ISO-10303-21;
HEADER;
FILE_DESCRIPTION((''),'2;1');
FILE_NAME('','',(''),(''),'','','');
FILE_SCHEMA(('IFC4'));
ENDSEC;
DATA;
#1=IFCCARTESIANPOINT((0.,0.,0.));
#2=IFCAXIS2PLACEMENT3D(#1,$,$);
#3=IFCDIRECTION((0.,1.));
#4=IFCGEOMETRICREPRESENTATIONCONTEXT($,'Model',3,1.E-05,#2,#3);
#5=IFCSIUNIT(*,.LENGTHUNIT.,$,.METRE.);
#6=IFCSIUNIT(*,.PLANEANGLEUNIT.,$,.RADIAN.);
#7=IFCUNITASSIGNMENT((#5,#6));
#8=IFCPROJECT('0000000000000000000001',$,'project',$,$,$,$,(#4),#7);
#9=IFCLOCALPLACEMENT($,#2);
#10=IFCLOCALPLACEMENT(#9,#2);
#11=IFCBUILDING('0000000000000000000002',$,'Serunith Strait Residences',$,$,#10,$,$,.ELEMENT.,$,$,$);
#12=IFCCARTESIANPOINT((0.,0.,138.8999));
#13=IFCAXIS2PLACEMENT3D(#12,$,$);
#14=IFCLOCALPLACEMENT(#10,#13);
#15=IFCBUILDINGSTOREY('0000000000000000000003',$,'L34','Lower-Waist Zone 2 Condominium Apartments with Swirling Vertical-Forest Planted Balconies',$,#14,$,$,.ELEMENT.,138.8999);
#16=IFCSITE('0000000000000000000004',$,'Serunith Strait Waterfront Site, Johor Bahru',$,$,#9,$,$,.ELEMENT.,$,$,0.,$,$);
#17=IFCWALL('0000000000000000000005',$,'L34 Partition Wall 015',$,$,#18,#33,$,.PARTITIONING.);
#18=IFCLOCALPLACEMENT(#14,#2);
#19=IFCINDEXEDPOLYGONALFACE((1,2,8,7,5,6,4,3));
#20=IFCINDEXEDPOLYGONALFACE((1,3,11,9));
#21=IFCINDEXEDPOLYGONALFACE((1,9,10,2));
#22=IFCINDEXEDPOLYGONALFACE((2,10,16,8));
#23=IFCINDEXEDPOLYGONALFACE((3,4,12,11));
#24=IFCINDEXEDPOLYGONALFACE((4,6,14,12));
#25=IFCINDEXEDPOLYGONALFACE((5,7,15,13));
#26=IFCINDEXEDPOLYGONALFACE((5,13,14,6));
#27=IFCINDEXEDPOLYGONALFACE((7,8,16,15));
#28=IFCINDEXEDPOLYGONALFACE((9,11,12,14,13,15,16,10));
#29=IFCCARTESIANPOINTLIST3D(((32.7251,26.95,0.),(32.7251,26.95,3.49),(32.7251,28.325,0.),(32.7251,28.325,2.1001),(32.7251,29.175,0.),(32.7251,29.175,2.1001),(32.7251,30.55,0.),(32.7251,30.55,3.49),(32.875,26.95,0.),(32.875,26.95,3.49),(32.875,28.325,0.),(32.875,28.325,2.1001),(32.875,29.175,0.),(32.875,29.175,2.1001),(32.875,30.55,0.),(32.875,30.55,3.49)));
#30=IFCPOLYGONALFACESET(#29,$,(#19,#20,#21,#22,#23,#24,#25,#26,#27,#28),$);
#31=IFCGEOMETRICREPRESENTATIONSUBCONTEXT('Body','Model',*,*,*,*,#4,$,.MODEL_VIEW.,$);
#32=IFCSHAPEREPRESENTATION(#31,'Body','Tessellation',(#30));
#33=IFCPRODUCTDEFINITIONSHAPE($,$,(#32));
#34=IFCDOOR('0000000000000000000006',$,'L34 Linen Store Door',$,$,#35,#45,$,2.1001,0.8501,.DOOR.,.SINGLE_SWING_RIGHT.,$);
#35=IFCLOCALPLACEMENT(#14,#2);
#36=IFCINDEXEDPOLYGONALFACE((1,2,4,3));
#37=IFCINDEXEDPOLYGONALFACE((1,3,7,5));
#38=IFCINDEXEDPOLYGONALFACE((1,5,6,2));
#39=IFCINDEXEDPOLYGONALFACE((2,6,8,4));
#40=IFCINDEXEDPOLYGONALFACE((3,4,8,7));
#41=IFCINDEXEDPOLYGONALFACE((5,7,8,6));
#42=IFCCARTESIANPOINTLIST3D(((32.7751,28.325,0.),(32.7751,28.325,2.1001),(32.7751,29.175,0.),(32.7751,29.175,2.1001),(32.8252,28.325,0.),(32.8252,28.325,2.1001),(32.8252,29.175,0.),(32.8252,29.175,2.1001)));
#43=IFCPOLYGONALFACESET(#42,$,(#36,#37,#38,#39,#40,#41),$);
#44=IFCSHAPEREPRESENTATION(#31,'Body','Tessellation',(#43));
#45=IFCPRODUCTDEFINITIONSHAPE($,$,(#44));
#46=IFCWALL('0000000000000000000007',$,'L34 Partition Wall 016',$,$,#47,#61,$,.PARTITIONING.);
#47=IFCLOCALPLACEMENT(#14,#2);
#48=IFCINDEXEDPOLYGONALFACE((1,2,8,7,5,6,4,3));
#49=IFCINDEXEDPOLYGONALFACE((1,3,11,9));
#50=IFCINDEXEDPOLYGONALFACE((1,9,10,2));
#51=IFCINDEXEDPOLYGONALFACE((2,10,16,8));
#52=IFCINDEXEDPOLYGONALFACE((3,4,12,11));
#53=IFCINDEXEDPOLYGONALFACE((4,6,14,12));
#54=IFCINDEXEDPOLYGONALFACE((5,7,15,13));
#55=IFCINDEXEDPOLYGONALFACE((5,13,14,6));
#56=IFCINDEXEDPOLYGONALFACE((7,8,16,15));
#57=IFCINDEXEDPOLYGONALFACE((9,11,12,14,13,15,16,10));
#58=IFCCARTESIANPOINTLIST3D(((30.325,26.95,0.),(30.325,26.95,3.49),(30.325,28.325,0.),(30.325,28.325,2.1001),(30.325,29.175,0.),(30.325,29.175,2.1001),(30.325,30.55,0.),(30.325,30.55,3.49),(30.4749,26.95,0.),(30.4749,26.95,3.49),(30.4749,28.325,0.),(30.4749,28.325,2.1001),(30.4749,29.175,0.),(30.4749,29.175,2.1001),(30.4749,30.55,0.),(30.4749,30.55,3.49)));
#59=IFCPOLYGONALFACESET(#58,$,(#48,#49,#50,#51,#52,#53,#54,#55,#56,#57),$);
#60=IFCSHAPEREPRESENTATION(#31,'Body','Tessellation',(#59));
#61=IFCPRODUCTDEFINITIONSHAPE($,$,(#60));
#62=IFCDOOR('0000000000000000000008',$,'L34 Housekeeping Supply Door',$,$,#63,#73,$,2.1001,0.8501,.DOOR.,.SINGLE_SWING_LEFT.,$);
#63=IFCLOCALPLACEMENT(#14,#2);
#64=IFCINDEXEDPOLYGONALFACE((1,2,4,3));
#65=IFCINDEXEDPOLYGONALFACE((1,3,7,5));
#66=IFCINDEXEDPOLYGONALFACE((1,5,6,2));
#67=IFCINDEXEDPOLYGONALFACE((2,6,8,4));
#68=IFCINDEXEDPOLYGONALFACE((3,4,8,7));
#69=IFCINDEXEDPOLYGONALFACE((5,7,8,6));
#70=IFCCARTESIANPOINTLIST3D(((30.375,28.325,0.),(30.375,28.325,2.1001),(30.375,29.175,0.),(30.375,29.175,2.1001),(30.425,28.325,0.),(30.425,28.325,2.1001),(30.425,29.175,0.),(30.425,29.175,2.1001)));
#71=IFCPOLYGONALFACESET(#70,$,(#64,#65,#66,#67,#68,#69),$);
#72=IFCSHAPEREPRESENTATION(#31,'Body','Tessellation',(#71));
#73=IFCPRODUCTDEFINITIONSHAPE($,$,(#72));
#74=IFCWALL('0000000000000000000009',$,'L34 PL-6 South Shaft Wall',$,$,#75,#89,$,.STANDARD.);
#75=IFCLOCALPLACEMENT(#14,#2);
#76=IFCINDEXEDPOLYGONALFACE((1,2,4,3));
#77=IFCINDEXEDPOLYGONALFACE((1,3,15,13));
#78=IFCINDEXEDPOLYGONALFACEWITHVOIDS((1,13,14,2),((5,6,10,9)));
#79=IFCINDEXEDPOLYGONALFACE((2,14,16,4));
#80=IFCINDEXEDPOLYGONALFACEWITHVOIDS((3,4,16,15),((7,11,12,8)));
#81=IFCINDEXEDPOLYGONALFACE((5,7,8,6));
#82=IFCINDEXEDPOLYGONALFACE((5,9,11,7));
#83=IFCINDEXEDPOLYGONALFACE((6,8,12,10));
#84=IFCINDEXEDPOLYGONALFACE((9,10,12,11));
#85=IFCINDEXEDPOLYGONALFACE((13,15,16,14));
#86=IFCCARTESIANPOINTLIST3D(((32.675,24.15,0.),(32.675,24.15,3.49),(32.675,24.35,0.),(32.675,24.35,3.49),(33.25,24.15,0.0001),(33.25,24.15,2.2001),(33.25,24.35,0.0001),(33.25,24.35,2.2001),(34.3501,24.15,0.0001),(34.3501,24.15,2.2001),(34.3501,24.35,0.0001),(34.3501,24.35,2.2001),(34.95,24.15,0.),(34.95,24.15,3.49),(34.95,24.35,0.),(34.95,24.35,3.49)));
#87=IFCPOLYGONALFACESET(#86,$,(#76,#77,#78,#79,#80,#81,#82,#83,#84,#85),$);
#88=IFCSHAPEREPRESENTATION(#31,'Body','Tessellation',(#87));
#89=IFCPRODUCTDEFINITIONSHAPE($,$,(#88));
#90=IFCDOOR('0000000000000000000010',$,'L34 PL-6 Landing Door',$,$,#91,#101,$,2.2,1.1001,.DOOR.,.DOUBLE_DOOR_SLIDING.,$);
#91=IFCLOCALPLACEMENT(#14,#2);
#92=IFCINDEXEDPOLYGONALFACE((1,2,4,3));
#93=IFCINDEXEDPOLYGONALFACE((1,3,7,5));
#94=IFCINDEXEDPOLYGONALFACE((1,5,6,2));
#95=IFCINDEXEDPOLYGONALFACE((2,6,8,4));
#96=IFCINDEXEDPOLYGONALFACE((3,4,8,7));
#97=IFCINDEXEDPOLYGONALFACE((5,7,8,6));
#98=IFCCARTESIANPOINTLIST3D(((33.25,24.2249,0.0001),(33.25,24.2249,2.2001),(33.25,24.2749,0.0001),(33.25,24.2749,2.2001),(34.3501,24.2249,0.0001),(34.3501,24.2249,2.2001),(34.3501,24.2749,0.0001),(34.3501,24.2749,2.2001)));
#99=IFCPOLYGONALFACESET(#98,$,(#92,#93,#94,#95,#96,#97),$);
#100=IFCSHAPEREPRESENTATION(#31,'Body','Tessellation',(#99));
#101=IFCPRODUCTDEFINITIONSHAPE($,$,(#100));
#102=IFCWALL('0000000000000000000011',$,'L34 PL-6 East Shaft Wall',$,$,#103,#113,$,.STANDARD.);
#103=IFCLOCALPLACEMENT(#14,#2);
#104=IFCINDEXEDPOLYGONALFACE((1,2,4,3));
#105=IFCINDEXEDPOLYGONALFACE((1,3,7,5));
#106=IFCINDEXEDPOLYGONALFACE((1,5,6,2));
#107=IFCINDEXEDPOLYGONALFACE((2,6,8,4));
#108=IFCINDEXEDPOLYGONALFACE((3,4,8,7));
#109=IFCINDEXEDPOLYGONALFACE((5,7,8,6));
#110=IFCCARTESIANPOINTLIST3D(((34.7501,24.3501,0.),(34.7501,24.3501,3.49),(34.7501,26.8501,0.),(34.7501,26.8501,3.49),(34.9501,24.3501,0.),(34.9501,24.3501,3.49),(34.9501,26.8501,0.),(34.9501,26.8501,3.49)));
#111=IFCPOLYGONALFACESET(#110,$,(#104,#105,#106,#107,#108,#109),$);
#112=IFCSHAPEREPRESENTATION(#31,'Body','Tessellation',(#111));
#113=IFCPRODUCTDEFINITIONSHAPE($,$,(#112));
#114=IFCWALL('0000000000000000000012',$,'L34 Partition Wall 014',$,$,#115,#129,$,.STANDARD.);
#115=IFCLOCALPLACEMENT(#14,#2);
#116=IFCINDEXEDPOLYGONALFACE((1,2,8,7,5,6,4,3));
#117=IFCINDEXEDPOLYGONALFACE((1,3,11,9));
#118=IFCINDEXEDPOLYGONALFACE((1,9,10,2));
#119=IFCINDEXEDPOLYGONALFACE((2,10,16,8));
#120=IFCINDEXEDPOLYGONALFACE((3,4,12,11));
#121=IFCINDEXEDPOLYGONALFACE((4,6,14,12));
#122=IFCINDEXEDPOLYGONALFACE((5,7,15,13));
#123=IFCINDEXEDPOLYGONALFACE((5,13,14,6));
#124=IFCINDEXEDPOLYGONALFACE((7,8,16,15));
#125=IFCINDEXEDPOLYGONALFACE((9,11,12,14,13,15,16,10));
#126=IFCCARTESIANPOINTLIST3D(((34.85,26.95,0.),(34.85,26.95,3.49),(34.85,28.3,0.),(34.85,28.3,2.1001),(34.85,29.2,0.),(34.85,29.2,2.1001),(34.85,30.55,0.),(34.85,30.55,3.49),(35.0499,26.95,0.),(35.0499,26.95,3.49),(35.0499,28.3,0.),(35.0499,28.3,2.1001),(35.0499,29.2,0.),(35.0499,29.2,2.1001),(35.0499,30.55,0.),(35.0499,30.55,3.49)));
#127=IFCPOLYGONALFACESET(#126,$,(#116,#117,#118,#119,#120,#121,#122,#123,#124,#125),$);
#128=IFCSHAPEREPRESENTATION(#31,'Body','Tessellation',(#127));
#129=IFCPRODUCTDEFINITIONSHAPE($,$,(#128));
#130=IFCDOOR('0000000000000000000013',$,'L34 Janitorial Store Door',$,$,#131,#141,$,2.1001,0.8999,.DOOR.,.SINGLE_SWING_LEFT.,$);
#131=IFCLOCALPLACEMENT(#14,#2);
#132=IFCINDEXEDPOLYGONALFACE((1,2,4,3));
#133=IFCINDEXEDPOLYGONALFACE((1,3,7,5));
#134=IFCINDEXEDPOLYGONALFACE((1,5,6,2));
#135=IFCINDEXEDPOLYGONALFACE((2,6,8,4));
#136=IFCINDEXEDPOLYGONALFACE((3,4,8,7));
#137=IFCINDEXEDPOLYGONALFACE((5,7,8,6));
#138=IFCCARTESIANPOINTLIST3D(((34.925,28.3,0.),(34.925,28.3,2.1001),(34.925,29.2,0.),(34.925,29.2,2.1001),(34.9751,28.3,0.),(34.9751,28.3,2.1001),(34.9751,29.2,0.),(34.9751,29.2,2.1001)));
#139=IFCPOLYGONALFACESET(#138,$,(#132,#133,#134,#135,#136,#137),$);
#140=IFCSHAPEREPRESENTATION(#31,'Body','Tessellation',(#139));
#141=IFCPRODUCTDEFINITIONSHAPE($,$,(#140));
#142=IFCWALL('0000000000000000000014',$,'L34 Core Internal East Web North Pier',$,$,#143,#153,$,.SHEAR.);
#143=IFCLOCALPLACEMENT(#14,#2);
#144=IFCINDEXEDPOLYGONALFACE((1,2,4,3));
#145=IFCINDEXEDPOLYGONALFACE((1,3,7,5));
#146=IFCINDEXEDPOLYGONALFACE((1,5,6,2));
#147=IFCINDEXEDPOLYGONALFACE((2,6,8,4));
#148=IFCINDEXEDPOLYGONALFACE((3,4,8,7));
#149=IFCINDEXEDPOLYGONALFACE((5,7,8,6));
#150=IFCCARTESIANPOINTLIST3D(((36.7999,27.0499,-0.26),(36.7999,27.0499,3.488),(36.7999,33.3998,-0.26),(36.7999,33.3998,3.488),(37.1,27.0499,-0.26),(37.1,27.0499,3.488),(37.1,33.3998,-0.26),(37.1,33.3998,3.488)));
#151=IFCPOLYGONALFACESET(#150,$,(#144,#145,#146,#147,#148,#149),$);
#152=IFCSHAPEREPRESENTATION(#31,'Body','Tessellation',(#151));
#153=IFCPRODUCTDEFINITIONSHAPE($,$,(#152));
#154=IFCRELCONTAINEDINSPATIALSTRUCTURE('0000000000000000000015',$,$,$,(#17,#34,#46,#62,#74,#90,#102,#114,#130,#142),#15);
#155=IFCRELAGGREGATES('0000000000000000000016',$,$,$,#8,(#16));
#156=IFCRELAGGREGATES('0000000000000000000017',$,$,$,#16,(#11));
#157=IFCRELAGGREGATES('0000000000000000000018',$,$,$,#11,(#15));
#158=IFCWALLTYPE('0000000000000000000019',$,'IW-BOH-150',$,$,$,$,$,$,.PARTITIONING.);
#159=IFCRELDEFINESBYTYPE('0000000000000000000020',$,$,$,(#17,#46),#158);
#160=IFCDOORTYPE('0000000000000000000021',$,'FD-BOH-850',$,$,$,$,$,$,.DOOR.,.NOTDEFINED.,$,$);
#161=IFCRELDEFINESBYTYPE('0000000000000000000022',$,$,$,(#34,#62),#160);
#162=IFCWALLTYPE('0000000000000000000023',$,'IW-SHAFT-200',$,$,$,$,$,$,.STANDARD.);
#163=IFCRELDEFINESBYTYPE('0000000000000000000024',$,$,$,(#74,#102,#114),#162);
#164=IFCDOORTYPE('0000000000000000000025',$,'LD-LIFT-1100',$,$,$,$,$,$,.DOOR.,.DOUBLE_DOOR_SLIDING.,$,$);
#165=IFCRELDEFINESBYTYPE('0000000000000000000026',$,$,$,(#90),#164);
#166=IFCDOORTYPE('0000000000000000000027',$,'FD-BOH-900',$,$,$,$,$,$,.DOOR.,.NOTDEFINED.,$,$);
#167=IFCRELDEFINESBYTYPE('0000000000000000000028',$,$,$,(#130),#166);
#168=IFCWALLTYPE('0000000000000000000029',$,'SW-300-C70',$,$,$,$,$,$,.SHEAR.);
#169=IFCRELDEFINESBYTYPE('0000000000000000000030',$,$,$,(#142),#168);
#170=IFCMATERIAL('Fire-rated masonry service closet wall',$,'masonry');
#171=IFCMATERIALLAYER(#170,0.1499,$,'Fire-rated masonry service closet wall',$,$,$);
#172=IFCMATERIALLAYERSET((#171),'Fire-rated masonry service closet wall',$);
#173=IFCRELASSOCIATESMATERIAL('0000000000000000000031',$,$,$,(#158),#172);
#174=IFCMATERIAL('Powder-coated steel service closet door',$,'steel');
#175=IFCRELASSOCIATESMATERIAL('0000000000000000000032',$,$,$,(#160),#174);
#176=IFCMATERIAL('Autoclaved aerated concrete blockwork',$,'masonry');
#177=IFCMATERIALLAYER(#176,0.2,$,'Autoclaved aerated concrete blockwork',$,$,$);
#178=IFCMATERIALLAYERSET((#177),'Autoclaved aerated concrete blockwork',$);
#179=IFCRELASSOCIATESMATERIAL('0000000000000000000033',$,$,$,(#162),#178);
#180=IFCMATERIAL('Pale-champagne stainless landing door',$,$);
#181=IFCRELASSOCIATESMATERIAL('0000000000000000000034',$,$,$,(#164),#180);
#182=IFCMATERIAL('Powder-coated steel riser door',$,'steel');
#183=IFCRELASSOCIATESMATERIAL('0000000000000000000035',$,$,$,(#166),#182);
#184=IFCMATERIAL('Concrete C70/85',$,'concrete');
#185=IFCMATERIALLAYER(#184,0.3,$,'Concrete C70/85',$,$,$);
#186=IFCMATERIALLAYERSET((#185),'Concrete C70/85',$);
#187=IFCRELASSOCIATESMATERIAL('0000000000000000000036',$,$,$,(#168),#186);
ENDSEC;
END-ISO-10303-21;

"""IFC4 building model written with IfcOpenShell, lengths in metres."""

from ifc_helpers import new_model, si_unit, direction, frame, frame_2d, origin, place, context, subcontext, project, spatial, rectangle, extrude, source, transform, mapped, material, layer, layer_set, type_object, element, fill, save


model = new_model("IFC4")

# Units and contexts
model_context = context("Model", 3, precision=1e-05, world=origin(), true_north=direction((0.0, 1.0)))
body_context = subcontext(model_context, "Body", "Model", "MODEL_VIEW")
ifc_project = project(units=[si_unit("LENGTHUNIT", "METRE"), si_unit("PLANEANGLEUNIT", "RADIAN")], contexts=[model_context])

# Site, building, storey
site_placement = place(None, origin())
site = spatial("IfcSite", under=ifc_project, at=site_placement, Name="Serunith Strait Waterfront Site, Johor Bahru", CompositionType="ELEMENT", RefElevation=0.0)
building_placement = place(site_placement, origin())
building = spatial("IfcBuilding", under=site, at=building_placement, Name="Serunith Strait Residences", CompositionType="ELEMENT")
storey_placement = place(building_placement, frame((0.0, 0.0, 138.8999)))
storey = spatial("IfcBuildingStorey", under=building, at=storey_placement, Name="L34", Description="Lower-Waist Zone 2 Condominium Apartments with Swirling Vertical-Forest Planted Balconies", CompositionType="ELEMENT", Elevation=138.8999)

# Walls, openings, doors
ifc_material_1 = material(Name="Fire-rated masonry service closet wall", Category="masonry")
ifc_layer_1 = layer(ifc_material_1, 0.1499, Name="Fire-rated masonry service closet wall")
ifc_layer_set_1 = layer_set([ifc_layer_1], Name="Fire-rated masonry service closet wall")
wall_type_1 = type_object("IfcWallType", Name="IW-BOH-150", PredefinedType="PARTITIONING", material=ifc_layer_set_1)
wall_1_placement = place(storey_placement, frame((32.8, 26.95, 0.0), z_axis=(0.0, 0.0, 1.0), x_axis=(0.0, 1.0, 0.0)))
wall_1 = element("IfcWall", 1, at=wall_1_placement, inside=storey, type_object=wall_type_1, Name="L34 Partition Wall 015", PredefinedType="PARTITIONING", context=body_context, shape_type="SweptSolid", body=[
    extrude(rectangle(XDim=3.6001, YDim=0.1499, at=frame_2d((1.8, 0.0))), origin(), (0.0, 0.0, 1.0), 3.49),
])
opening_1_placement = place(wall_1_placement, frame((1.375, 0.0, 0.0)))
opening_1 = element("IfcOpeningElement", 2, at=opening_1_placement, cuts=wall_1, PredefinedType="OPENING", context=body_context, shape_type="SweptSolid", body=[
    extrude(rectangle(XDim=0.8501, YDim=2.1001, at=frame_2d((0.425, 1.05))), frame((0.0, 0.085, 0.0), z_axis=(0.0, -1.0, 0.0), x_axis=(1.0, 0.0, 0.0)), (0.0, 0.0, 1.0), 0.1699),
])
ifc_material_2 = material(Name="Powder-coated steel service closet door", Category="steel")
door_type_1 = type_object("IfcDoorType", Name="FD-BOH-850", OperationType="NOTDEFINED", PredefinedType="DOOR", material=ifc_material_2)
shared_shape_1 = source(origin(), body_context, "Body", "SweptSolid", [
    extrude(rectangle(XDim=0.8501, YDim=2.1001, at=frame_2d((0.425, 1.05))), frame((0.0, 0.0249, 0.0), z_axis=(0.0, -1.0, 0.0), x_axis=(1.0, 0.0, 0.0)), (0.0, 0.0, 1.0), 0.05),
])
door_1_placement = place(opening_1_placement, origin())
door_1 = element("IfcDoor", 3, at=door_1_placement, inside=storey, type_object=door_type_1, Name="L34 Linen Store Door", OperationType="SINGLE_SWING_RIGHT", OverallHeight=2.1001, OverallWidth=0.8501, PredefinedType="DOOR", context=body_context, shape_type="MappedRepresentation", body=[
    mapped(shared_shape_1, transform((0.0, 0.0, 0.0), scale=1.0)),
])
fill(opening_1, door_1)
wall_2_placement = place(storey_placement, frame((30.3999, 26.95, 0.0), z_axis=(0.0, 0.0, 1.0), x_axis=(0.0, 1.0, 0.0)))
wall_2 = element("IfcWall", 4, at=wall_2_placement, inside=storey, type_object=wall_type_1, Name="L34 Partition Wall 016", PredefinedType="PARTITIONING", context=body_context, shape_type="SweptSolid", body=[
    extrude(rectangle(XDim=3.6001, YDim=0.1499, at=frame_2d((1.8, 0.0))), origin(), (0.0, 0.0, 1.0), 3.49),
])
opening_2_placement = place(wall_2_placement, frame((1.375, 0.0, 0.0)))
opening_2 = element("IfcOpeningElement", 5, at=opening_2_placement, cuts=wall_2, PredefinedType="OPENING", context=body_context, shape_type="SweptSolid", body=[
    extrude(rectangle(XDim=0.8501, YDim=2.1001, at=frame_2d((0.425, 1.05))), frame((0.0, 0.085, 0.0), z_axis=(0.0, -1.0, 0.0), x_axis=(1.0, 0.0, 0.0)), (0.0, 0.0, 1.0), 0.1699),
])
door_2_placement = place(opening_2_placement, origin())
door_2 = element("IfcDoor", 6, at=door_2_placement, inside=storey, type_object=door_type_1, Name="L34 Housekeeping Supply Door", OperationType="SINGLE_SWING_LEFT", OverallHeight=2.1001, OverallWidth=0.8501, PredefinedType="DOOR", context=body_context, shape_type="MappedRepresentation", body=[
    mapped(shared_shape_1, transform((0.0, 0.0, 0.0), scale=1.0)),
])
fill(opening_2, door_2)
ifc_material_3 = material(Name="Autoclaved aerated concrete blockwork", Category="masonry")
ifc_layer_2 = layer(ifc_material_3, 0.2, Name="Autoclaved aerated concrete blockwork")
ifc_layer_set_2 = layer_set([ifc_layer_2], Name="Autoclaved aerated concrete blockwork")
wall_type_2 = type_object("IfcWallType", Name="IW-SHAFT-200", PredefinedType="STANDARD", material=ifc_layer_set_2)
wall_3_placement = place(storey_placement, frame((32.675, 24.25, 0.0), z_axis=(0.0, 0.0, 1.0), x_axis=(1.0, 0.0, 0.0)))
wall_3 = element("IfcWall", 7, at=wall_3_placement, inside=storey, type_object=wall_type_2, Name="L34 PL-6 South Shaft Wall", PredefinedType="STANDARD", context=body_context, shape_type="SweptSolid", body=[
    extrude(rectangle(XDim=2.2749, YDim=0.2, at=frame_2d((1.1375, 0.0))), origin(), (0.0, 0.0, 1.0), 3.49),
])
opening_3_placement = place(wall_3_placement, frame((0.575, 0.0, 0.0)))
opening_3 = element("IfcOpeningElement", 8, at=opening_3_placement, cuts=wall_3, PredefinedType="OPENING", context=body_context, shape_type="SweptSolid", body=[
    extrude(rectangle(XDim=1.1001, YDim=2.2, at=frame_2d((0.55, 1.1001))), frame((0.0, 0.1099, 0.0), z_axis=(0.0, -1.0, 0.0), x_axis=(1.0, 0.0, 0.0)), (0.0, 0.0, 1.0), 0.22),
])
ifc_material_4 = material(Name="Pale-champagne stainless landing door")
door_type_2 = type_object("IfcDoorType", Name="LD-LIFT-1100", OperationType="DOUBLE_DOOR_SLIDING", PredefinedType="DOOR", material=ifc_material_4)
shared_shape_2 = source(origin(), body_context, "Body", "SweptSolid", [
    extrude(rectangle(XDim=1.1001, YDim=2.2, at=frame_2d((0.55, 1.1001))), frame((0.0, 0.0249, 0.0), z_axis=(0.0, -1.0, 0.0), x_axis=(1.0, 0.0, 0.0)), (0.0, 0.0, 1.0), 0.05),
])
door_3_placement = place(opening_3_placement, origin())
door_3 = element("IfcDoor", 9, at=door_3_placement, inside=storey, type_object=door_type_2, Name="L34 PL-6 Landing Door", OperationType="DOUBLE_DOOR_SLIDING", OverallHeight=2.2, OverallWidth=1.1001, PredefinedType="DOOR", context=body_context, shape_type="MappedRepresentation", body=[
    mapped(shared_shape_2, transform((0.0, 0.0, 0.0), scale=1.0)),
])
fill(opening_3, door_3)

# Wall
wall_4_placement = place(storey_placement, frame((34.8501, 24.3501, 0.0), z_axis=(0.0, 0.0, 1.0), x_axis=(0.0, 1.0, 0.0)))
element("IfcWall", 10, at=wall_4_placement, inside=storey, type_object=wall_type_2, Name="L34 PL-6 East Shaft Wall", PredefinedType="STANDARD", context=body_context, shape_type="SweptSolid", body=[
    extrude(rectangle(XDim=2.5, YDim=0.2, at=frame_2d((1.25, 0.0))), origin(), (0.0, 0.0, 1.0), 3.49),
])

# Wall, opening, door
wall_5_placement = place(storey_placement, frame((34.95, 26.95, 0.0), z_axis=(0.0, 0.0, 1.0), x_axis=(0.0, 1.0, 0.0)))
wall_5 = element("IfcWall", 11, at=wall_5_placement, inside=storey, type_object=wall_type_2, Name="L34 Partition Wall 014", PredefinedType="STANDARD", context=body_context, shape_type="SweptSolid", body=[
    extrude(rectangle(XDim=3.6001, YDim=0.2, at=frame_2d((1.8, 0.0))), origin(), (0.0, 0.0, 1.0), 3.49),
])
opening_4_placement = place(wall_5_placement, frame((1.3501, 0.0, 0.0)))
opening_4 = element("IfcOpeningElement", 12, at=opening_4_placement, cuts=wall_5, PredefinedType="OPENING", context=body_context, shape_type="SweptSolid", body=[
    extrude(rectangle(XDim=0.8999, YDim=2.1001, at=frame_2d((0.45, 1.05))), frame((0.0, 0.1099, 0.0), z_axis=(0.0, -1.0, 0.0), x_axis=(1.0, 0.0, 0.0)), (0.0, 0.0, 1.0), 0.22),
])
ifc_material_5 = material(Name="Powder-coated steel riser door", Category="steel")
door_type_3 = type_object("IfcDoorType", Name="FD-BOH-900", OperationType="NOTDEFINED", PredefinedType="DOOR", material=ifc_material_5)
shared_shape_3 = source(origin(), body_context, "Body", "SweptSolid", [
    extrude(rectangle(XDim=0.8999, YDim=2.1001, at=frame_2d((0.45, 1.05))), frame((0.0, 0.0249, 0.0), z_axis=(0.0, -1.0, 0.0), x_axis=(1.0, 0.0, 0.0)), (0.0, 0.0, 1.0), 0.05),
])
door_4_placement = place(opening_4_placement, origin())
door_4 = element("IfcDoor", 13, at=door_4_placement, inside=storey, type_object=door_type_3, Name="L34 Janitorial Store Door", OperationType="SINGLE_SWING_LEFT", OverallHeight=2.1001, OverallWidth=0.8999, PredefinedType="DOOR", context=body_context, shape_type="MappedRepresentation", body=[
    mapped(shared_shape_3, transform((0.0, 0.0, 0.0), scale=1.0)),
])
fill(opening_4, door_4)

# Wall
ifc_material_6 = material(Name="Concrete C70/85", Category="concrete")
ifc_layer_3 = layer(ifc_material_6, 0.3, Name="Concrete C70/85")
ifc_layer_set_3 = layer_set([ifc_layer_3], Name="Concrete C70/85")
wall_type_3 = type_object("IfcWallType", Name="SW-300-C70", PredefinedType="SHEAR", material=ifc_layer_set_3)
wall_6_placement = place(storey_placement, frame((36.95, 27.05, -0.26), z_axis=(0.0, 0.0, 1.0), x_axis=(0.0, 1.0, 0.0)))
element("IfcWall", 14, at=wall_6_placement, inside=storey, type_object=wall_type_3, Name="L34 Core Internal East Web North Pier", PredefinedType="SHEAR", context=body_context, shape_type="SweptSolid", body=[
    extrude(rectangle(XDim=6.3499, YDim=0.3, at=frame_2d((3.1748, 0.0))), origin(), (0.0, 0.0, 1.0), 3.748),
])

save(model, "model.ifc")
